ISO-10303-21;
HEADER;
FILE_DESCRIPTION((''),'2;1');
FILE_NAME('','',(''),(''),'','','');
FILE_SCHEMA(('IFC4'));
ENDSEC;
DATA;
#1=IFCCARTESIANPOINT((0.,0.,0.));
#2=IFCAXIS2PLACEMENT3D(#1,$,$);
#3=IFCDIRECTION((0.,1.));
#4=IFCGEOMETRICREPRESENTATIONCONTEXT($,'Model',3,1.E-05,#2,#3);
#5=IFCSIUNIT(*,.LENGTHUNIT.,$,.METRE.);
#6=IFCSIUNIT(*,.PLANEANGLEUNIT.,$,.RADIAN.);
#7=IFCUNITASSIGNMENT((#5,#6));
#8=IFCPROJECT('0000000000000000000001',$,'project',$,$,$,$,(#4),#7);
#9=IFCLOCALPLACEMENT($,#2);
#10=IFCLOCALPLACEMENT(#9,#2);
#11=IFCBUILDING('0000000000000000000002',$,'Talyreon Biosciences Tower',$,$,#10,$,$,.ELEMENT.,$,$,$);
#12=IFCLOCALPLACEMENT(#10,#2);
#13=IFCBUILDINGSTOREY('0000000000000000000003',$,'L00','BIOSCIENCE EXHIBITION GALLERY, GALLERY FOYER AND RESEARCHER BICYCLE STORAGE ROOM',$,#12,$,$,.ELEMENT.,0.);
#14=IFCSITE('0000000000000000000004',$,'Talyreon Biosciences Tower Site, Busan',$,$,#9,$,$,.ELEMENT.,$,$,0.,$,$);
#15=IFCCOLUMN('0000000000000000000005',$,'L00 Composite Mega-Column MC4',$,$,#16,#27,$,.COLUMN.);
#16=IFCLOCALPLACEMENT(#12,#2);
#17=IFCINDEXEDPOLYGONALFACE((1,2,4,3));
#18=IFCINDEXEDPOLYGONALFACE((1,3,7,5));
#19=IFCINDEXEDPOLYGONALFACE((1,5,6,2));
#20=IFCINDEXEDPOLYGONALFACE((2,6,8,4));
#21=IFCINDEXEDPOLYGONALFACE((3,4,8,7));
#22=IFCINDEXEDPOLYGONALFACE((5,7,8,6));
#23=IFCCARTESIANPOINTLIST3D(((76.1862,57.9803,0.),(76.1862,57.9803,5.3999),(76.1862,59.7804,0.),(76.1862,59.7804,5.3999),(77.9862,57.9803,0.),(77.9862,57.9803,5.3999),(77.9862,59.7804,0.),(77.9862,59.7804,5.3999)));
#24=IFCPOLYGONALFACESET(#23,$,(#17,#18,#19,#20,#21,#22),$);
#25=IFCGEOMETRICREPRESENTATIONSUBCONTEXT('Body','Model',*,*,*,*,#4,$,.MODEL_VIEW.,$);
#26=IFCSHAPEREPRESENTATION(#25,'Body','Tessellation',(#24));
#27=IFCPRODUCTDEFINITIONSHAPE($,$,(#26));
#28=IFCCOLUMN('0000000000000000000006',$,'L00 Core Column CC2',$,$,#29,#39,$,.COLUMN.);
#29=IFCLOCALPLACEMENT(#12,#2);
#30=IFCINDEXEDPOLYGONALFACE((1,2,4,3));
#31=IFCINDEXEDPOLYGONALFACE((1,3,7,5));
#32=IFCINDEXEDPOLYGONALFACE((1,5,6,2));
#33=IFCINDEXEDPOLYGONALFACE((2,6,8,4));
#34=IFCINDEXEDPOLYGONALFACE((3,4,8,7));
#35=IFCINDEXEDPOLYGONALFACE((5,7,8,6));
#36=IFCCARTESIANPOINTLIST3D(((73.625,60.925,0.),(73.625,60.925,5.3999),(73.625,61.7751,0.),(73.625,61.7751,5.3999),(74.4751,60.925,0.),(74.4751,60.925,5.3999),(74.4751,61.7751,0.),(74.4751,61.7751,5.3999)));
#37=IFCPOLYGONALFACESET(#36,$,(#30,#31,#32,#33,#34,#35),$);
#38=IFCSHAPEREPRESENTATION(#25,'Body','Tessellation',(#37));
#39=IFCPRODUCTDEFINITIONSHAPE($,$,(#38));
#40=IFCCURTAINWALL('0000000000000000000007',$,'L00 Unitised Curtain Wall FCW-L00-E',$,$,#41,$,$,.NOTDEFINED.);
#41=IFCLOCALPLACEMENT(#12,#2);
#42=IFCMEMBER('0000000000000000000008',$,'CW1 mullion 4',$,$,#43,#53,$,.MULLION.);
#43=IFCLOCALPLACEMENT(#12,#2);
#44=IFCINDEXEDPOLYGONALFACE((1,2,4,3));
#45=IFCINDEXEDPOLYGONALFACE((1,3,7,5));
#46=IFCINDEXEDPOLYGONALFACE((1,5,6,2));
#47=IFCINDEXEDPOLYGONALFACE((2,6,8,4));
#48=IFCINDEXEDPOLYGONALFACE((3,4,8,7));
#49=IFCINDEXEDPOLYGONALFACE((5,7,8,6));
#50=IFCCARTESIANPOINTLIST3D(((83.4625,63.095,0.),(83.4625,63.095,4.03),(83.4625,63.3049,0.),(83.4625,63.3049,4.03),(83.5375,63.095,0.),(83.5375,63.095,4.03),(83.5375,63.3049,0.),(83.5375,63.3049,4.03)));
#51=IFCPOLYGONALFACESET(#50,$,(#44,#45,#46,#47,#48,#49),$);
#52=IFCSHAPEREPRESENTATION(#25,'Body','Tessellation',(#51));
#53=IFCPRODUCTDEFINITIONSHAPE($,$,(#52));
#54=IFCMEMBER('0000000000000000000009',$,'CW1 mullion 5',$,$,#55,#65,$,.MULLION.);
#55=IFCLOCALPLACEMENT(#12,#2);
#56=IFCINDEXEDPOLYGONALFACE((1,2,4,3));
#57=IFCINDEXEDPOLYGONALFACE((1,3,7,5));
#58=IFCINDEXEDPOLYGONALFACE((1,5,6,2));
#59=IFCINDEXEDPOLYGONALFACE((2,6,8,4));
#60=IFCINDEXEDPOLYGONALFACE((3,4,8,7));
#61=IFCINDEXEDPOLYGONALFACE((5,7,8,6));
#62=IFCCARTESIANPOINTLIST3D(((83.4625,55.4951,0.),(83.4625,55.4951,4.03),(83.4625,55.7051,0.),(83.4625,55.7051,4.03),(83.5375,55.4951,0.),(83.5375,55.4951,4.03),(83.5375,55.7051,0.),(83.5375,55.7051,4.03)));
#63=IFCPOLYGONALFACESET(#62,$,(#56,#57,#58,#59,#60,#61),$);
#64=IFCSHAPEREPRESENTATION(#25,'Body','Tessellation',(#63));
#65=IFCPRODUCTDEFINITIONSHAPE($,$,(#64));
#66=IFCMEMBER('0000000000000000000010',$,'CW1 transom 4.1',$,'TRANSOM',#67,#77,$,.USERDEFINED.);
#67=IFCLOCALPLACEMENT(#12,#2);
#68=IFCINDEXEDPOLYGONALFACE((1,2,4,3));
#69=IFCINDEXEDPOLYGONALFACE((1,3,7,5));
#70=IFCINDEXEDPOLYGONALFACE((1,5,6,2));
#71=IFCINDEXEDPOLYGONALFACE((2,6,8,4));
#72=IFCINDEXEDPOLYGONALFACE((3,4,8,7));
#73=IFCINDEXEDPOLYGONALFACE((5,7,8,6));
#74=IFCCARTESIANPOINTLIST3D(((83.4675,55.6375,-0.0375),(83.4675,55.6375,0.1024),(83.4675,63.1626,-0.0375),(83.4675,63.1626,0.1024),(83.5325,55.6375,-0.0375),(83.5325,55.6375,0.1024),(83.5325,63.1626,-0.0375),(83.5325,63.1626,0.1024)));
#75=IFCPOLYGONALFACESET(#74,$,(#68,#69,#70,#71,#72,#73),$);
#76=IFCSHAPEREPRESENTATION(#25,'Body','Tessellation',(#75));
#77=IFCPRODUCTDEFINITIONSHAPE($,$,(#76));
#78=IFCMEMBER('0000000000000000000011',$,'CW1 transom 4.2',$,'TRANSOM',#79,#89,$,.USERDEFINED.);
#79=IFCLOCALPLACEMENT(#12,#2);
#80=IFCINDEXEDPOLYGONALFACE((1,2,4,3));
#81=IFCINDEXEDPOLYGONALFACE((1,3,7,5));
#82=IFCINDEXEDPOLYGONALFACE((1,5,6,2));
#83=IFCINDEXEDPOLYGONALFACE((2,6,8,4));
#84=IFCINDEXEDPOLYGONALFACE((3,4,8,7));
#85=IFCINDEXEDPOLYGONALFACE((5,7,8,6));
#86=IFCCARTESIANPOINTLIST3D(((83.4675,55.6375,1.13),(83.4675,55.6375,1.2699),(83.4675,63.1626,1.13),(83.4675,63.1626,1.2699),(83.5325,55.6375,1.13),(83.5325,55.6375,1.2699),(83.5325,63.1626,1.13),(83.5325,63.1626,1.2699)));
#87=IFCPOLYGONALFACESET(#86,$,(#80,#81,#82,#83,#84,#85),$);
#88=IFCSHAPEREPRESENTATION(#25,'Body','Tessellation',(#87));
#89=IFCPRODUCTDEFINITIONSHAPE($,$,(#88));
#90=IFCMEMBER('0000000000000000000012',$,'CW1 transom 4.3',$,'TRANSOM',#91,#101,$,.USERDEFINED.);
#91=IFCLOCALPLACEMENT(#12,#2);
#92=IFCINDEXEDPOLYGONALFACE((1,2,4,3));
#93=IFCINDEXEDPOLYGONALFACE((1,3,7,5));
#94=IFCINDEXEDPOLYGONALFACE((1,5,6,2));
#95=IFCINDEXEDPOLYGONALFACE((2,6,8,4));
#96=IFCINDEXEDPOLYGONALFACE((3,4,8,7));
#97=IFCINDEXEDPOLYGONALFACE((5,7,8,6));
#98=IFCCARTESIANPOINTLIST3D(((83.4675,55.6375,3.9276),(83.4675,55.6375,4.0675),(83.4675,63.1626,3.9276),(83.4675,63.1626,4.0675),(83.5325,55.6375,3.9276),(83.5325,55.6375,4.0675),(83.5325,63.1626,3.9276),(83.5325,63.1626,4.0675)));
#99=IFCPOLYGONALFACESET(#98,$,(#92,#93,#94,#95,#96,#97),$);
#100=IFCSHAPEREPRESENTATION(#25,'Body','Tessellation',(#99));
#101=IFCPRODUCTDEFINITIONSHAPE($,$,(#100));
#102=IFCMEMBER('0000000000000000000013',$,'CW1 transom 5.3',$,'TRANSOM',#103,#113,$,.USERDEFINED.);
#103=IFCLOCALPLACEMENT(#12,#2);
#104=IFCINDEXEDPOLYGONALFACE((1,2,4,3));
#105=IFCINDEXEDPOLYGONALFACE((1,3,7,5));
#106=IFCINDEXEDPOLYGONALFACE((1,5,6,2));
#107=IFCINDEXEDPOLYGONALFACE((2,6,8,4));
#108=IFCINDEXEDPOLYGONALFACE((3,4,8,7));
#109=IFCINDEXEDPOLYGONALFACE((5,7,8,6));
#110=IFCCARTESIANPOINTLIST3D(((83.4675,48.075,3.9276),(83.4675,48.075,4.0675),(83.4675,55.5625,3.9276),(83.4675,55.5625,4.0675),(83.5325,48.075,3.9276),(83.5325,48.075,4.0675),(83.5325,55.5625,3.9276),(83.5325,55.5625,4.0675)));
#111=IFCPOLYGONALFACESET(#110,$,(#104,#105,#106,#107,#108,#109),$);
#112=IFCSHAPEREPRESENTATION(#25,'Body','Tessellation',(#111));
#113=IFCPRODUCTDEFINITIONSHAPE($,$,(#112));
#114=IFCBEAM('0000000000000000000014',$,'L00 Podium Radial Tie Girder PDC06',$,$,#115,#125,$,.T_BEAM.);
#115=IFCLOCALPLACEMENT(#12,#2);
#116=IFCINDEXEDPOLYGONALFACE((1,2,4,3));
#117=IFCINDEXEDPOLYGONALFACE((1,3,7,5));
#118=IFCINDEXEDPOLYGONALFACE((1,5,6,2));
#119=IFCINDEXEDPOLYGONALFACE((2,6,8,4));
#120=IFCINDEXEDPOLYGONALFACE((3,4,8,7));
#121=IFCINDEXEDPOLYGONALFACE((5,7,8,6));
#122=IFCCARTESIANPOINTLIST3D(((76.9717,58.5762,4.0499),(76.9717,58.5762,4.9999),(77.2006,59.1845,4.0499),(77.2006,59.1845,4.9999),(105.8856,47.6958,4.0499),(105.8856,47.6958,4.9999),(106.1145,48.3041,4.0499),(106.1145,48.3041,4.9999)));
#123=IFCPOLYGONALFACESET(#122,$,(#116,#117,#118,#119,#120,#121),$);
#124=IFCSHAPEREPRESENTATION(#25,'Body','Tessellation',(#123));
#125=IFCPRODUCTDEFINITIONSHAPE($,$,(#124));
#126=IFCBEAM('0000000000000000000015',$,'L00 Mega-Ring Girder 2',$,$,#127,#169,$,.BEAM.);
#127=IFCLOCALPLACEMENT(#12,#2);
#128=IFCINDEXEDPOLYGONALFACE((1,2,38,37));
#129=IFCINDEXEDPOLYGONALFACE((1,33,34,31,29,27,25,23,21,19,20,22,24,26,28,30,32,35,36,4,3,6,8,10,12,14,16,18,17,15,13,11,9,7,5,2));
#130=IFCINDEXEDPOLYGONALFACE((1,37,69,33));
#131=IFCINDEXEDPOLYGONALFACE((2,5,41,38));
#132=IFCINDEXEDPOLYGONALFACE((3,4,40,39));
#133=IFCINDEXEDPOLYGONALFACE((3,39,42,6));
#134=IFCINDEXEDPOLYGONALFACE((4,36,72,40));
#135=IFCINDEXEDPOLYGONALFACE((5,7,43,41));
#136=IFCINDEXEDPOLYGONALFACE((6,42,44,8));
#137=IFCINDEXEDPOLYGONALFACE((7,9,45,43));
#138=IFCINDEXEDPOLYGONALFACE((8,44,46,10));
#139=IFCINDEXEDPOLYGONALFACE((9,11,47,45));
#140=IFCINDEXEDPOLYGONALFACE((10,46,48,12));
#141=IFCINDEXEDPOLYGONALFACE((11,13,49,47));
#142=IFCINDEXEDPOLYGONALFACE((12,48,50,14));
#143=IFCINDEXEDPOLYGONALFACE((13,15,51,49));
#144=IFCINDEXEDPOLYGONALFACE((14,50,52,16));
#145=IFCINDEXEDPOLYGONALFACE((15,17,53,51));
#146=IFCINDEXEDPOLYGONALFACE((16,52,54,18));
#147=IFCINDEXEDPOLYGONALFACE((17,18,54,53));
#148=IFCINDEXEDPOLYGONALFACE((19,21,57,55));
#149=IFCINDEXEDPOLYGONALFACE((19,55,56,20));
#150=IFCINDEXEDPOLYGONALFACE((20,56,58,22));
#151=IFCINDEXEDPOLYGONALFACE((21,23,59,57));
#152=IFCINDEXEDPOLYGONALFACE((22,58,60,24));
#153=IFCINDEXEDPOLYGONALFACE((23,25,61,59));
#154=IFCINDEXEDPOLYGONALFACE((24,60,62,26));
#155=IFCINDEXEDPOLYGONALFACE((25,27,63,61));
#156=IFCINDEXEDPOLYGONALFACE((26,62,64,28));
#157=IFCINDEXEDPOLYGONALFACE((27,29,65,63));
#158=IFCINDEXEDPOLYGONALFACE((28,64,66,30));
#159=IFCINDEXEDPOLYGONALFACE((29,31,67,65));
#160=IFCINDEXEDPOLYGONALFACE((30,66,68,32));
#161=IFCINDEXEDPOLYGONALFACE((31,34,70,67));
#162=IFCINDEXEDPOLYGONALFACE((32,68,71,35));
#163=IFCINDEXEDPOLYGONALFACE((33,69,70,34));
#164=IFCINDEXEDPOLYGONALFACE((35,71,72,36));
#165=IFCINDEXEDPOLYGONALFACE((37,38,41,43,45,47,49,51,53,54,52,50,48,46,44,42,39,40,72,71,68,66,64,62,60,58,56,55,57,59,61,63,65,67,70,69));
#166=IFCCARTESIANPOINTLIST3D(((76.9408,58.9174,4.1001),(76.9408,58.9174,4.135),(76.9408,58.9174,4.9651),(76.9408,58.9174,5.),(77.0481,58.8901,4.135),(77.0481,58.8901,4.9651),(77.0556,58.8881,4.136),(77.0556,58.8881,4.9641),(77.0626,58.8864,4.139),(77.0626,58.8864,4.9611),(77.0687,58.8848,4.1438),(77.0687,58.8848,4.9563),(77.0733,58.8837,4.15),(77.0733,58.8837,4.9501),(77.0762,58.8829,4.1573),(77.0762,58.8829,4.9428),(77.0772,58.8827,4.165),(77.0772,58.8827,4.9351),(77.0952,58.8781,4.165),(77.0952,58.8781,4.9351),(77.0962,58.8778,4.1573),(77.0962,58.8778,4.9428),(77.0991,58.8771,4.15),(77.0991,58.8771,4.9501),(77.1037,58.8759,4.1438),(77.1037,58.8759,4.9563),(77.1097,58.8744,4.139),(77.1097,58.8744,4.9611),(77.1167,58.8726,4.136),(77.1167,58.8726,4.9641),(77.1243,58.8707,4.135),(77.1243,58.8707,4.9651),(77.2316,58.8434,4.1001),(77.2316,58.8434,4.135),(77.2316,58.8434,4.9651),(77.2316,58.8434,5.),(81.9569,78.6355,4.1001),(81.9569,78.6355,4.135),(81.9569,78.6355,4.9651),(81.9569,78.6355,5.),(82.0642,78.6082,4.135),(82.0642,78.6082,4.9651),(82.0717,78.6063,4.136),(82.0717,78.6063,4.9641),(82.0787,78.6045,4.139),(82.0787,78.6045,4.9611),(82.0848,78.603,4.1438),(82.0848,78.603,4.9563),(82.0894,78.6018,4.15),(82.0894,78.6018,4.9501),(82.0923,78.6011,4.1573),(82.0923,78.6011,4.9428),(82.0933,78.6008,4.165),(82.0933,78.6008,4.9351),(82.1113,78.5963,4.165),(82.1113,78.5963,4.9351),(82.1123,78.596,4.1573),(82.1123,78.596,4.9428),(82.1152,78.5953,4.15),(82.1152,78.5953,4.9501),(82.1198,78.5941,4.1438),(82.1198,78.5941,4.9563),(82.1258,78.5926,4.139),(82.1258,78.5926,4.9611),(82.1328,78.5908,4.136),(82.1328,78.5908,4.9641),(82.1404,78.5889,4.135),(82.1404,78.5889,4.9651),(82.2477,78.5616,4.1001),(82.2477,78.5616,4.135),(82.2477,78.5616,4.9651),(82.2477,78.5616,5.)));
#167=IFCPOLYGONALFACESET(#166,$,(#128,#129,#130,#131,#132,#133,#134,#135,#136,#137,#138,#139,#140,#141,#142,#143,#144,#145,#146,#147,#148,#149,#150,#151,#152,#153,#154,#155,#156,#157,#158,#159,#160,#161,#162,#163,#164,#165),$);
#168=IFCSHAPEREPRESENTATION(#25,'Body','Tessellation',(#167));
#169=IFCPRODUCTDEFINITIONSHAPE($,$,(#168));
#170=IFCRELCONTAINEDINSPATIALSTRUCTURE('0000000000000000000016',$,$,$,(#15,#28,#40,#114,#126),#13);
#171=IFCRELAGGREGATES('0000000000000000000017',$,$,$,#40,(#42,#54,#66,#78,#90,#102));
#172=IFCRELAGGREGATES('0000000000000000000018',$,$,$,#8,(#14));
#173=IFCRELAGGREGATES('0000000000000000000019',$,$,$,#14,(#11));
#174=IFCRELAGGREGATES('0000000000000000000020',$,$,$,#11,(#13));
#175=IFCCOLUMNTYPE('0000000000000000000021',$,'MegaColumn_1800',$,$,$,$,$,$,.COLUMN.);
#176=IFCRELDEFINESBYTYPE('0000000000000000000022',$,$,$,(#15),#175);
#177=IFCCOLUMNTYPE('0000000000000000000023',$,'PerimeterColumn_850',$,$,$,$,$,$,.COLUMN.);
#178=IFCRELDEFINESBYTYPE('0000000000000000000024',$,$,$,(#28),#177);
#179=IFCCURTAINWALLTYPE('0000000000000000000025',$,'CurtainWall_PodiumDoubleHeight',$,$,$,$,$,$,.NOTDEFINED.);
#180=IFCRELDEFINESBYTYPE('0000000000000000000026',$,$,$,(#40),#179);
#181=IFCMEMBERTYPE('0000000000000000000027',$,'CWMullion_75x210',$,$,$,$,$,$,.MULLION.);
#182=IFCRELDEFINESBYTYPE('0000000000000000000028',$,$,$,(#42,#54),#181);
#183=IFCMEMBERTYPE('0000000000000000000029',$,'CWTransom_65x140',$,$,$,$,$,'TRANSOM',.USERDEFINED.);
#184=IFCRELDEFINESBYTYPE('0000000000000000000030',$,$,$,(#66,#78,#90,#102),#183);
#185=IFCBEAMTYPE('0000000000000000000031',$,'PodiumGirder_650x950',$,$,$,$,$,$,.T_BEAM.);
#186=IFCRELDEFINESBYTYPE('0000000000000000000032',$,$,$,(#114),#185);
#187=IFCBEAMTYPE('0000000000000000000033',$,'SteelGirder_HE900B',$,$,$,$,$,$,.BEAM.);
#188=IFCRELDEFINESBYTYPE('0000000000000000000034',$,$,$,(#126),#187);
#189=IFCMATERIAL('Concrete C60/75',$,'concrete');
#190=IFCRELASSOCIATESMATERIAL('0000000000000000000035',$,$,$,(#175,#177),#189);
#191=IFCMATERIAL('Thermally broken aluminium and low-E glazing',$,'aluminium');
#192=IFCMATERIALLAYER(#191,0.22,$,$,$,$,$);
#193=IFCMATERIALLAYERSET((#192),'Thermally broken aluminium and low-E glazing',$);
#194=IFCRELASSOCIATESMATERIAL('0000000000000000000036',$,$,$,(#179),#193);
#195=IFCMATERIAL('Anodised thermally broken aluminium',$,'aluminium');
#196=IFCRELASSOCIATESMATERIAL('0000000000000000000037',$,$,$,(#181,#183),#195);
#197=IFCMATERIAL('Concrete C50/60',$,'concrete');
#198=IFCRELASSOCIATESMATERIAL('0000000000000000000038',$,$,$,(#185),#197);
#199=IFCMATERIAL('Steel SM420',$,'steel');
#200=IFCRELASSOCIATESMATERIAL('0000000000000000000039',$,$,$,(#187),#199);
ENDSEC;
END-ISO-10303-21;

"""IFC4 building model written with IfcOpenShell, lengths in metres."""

from ifc_helpers import new_model, si_unit, direction, frame, origin, origin_2d, place, context, subcontext, project, spatial, rectangle, i_section, extrude, material, layer, layer_set, material_profile, profile_set, type_object, element, aggregate, save


model = new_model("IFC4")

# Units and contexts
model_context = context("Model", 3, precision=1e-05, world=origin(), true_north=direction((0.0, 1.0)))
body_context = subcontext(model_context, "Body", "Model", "MODEL_VIEW")
ifc_project = project(units=[si_unit("LENGTHUNIT", "METRE"), si_unit("PLANEANGLEUNIT", "RADIAN")], contexts=[model_context])

# Site, building, storey
site_placement = place(None, origin())
site = spatial("IfcSite", under=ifc_project, at=site_placement, Name="Talyreon Biosciences Tower Site, Busan", CompositionType="ELEMENT", RefElevation=0.0)
building_placement = place(site_placement, origin())
building = spatial("IfcBuilding", under=site, at=building_placement, Name="Talyreon Biosciences Tower", CompositionType="ELEMENT")
storey_placement = place(building_placement, origin())
storey = spatial("IfcBuildingStorey", under=building, at=storey_placement, Name="L00", Description="BIOSCIENCE EXHIBITION GALLERY, GALLERY FOYER AND RESEARCHER BICYCLE STORAGE ROOM", CompositionType="ELEMENT", Elevation=0.0)

# Columns
ifc_material_1 = material(Name="Concrete C60/75", Category="concrete")
ifc_material_profile_1 = material_profile(ifc_material_1, rectangle(XDim=1.8, YDim=1.8, at=origin_2d()), Name="RC 1800x1800")
ifc_profile_set_1 = profile_set([ifc_material_profile_1], Name="Concrete C60/75")
column_type_1 = type_object("IfcColumnType", Name="MegaColumn_1800", PredefinedType="COLUMN", material=ifc_profile_set_1)
column_1_placement = place(storey_placement, frame((77.0862, 58.8804, 0.0), z_axis=(0.0, 0.0, 1.0), x_axis=(1.0, 0.0, 0.0)))
element("IfcColumn", 1, at=column_1_placement, inside=storey, type_object=column_type_1, Name="L00 Composite Mega-Column MC4", PredefinedType="COLUMN", context=body_context, shape_type="SweptSolid", body=[
    extrude(rectangle(XDim=1.8, YDim=1.8, at=origin_2d()), origin(), (0.0, 0.0, 1.0), 5.3999),
])
ifc_material_profile_2 = material_profile(ifc_material_1, rectangle(XDim=0.8501, YDim=0.8501, at=origin_2d()), Name="RC 850x850")
ifc_profile_set_2 = profile_set([ifc_material_profile_2], Name="Concrete C60/75")
column_type_2 = type_object("IfcColumnType", Name="PerimeterColumn_850", PredefinedType="COLUMN", material=ifc_profile_set_2)
column_2_placement = place(storey_placement, frame((74.05, 61.3501, 0.0), z_axis=(0.0, 0.0, 1.0), x_axis=(1.0, 0.0, 0.0)))
element("IfcColumn", 2, at=column_2_placement, inside=storey, type_object=column_type_2, Name="L00 Core Column CC2", PredefinedType="COLUMN", context=body_context, shape_type="SweptSolid", body=[
    extrude(rectangle(XDim=0.8501, YDim=0.8501, at=origin_2d()), origin(), (0.0, 0.0, 1.0), 5.3999),
])

# Curtain wall, members
ifc_material_2 = material(Name="Thermally broken aluminium and low-E glazing", Category="aluminium")
ifc_layer_1 = layer(ifc_material_2, 0.22)
ifc_layer_set_1 = layer_set([ifc_layer_1], Name="Thermally broken aluminium and low-E glazing")
curtain_wall_type = type_object("IfcCurtainWallType", Name="CurtainWall_PodiumDoubleHeight", PredefinedType="NOTDEFINED", material=ifc_layer_set_1)
curtain_wall_placement = place(storey_placement, origin())
curtain_wall = element("IfcCurtainWall", 3, at=curtain_wall_placement, inside=storey, type_object=curtain_wall_type, Name="L00 Unitised Curtain Wall FCW-L00-E", PredefinedType="NOTDEFINED")
ifc_material_3 = material(Name="Anodised thermally broken aluminium", Category="aluminium")
ifc_material_profile_3 = material_profile(ifc_material_3, rectangle(XDim=0.075, YDim=0.21, at=origin_2d()), Name="ALUM MULLION 75x210")
ifc_profile_set_3 = profile_set([ifc_material_profile_3], Name="Anodised thermally broken aluminium")
member_type_1 = type_object("IfcMemberType", Name="CWMullion_75x210", PredefinedType="MULLION", material=ifc_profile_set_3)
member_1_placement = place(storey_placement, frame((83.5, 63.2, 0.0), z_axis=(0.0, 0.0, 1.0), x_axis=(1.0, 0.0, 0.0)))
member_1 = element("IfcMember", 4, at=member_1_placement, type_object=member_type_1, Name="CW1 mullion 4", PredefinedType="MULLION", context=body_context, shape_type="SweptSolid", body=[
    extrude(rectangle(XDim=0.075, YDim=0.21, at=origin_2d()), origin(), (0.0, 0.0, 1.0), 4.03),
])
member_2_placement = place(storey_placement, frame((83.5, 55.6001, 0.0), z_axis=(0.0, 0.0, 1.0), x_axis=(1.0, 0.0, 0.0)))
member_2 = element("IfcMember", 5, at=member_2_placement, type_object=member_type_1, Name="CW1 mullion 5", PredefinedType="MULLION", context=body_context, shape_type="SweptSolid", body=[
    extrude(rectangle(XDim=0.075, YDim=0.21, at=origin_2d()), origin(), (0.0, 0.0, 1.0), 4.03),
])
ifc_material_profile_4 = material_profile(ifc_material_3, rectangle(XDim=0.0649, YDim=0.1399, at=origin_2d()), Name="ALUM TRANSOM 65x140")
ifc_profile_set_4 = profile_set([ifc_material_profile_4], Name="Anodised thermally broken aluminium")
member_type_2 = type_object("IfcMemberType", Name="CWTransom_65x140", ElementType="TRANSOM", PredefinedType="USERDEFINED", material=ifc_profile_set_4)
member_3_placement = place(storey_placement, frame((83.5, 63.1626, 0.0325), z_axis=(0.0, -1.0, 0.0), x_axis=(1.0, 0.0, 0.0)))
member_3 = element("IfcMember", 6, at=member_3_placement, type_object=member_type_2, Name="CW1 transom 4.1", ObjectType="TRANSOM", PredefinedType="USERDEFINED", context=body_context, shape_type="SweptSolid", body=[
    extrude(rectangle(XDim=0.0649, YDim=0.1399, at=origin_2d()), origin(), (0.0, 0.0, 1.0), 7.5251),
])
member_4_placement = place(storey_placement, frame((83.5, 63.1626, 1.2), z_axis=(0.0, -1.0, 0.0), x_axis=(1.0, 0.0, 0.0)))
member_4 = element("IfcMember", 7, at=member_4_placement, type_object=member_type_2, Name="CW1 transom 4.2", ObjectType="TRANSOM", PredefinedType="USERDEFINED", context=body_context, shape_type="SweptSolid", body=[
    extrude(rectangle(XDim=0.0649, YDim=0.1399, at=origin_2d()), origin(), (0.0, 0.0, 1.0), 7.5251),
])
member_5_placement = place(storey_placement, frame((83.5, 63.1626, 3.9976), z_axis=(0.0, -1.0, 0.0), x_axis=(1.0, 0.0, 0.0)))
member_5 = element("IfcMember", 8, at=member_5_placement, type_object=member_type_2, Name="CW1 transom 4.3", ObjectType="TRANSOM", PredefinedType="USERDEFINED", context=body_context, shape_type="SweptSolid", body=[
    extrude(rectangle(XDim=0.0649, YDim=0.1399, at=origin_2d()), origin(), (0.0, 0.0, 1.0), 7.5251),
])
member_6_placement = place(storey_placement, frame((83.5, 55.5625, 3.9976), z_axis=(0.0, -1.0, 0.0), x_axis=(1.0, 0.0, 0.0)))
member_6 = element("IfcMember", 9, at=member_6_placement, type_object=member_type_2, Name="CW1 transom 5.3", ObjectType="TRANSOM", PredefinedType="USERDEFINED", context=body_context, shape_type="SweptSolid", body=[
    extrude(rectangle(XDim=0.0649, YDim=0.1399, at=origin_2d()), origin(), (0.0, 0.0, 1.0), 7.4875),
])

# Beams
ifc_material_4 = material(Name="Concrete C50/60", Category="concrete")
ifc_material_profile_5 = material_profile(ifc_material_4, rectangle(XDim=0.6499, YDim=0.95, at=origin_2d()), Name="RCB 650x950")
ifc_profile_set_5 = profile_set([ifc_material_profile_5], Name="Concrete C50/60")
beam_type_1 = type_object("IfcBeamType", Name="PodiumGirder_650x950", PredefinedType="T_BEAM", material=ifc_profile_set_5)
beam_1_placement = place(storey_placement, frame((77.0862, 58.8804, 4.5249), z_axis=(0.935927, -0.352193, 0.0), x_axis=(0.352193, 0.935927, 0.0)))
element("IfcBeam", 10, at=beam_1_placement, inside=storey, type_object=beam_type_1, Name="L00 Podium Radial Tie Girder PDC06", PredefinedType="T_BEAM", context=body_context, shape_type="SweptSolid", body=[
    extrude(rectangle(XDim=0.6499, YDim=0.95, at=origin_2d()), origin(), (0.0, 0.0, 1.0), 30.8933),
])
ifc_material_5 = material(Name="Steel SM420", Category="steel")
ifc_material_profile_6 = material_profile(ifc_material_5, i_section(OverallWidth=0.3, OverallDepth=0.8999, WebThickness=0.0186, FlangeThickness=0.0349, FilletRadius=0.03, at=origin_2d()), Name="HE900B")
ifc_profile_set_6 = profile_set([ifc_material_profile_6], Name="Steel SM420")
beam_type_2 = type_object("IfcBeamType", Name="SteelGirder_HE900B", PredefinedType="BEAM", material=ifc_profile_set_6)
beam_2_placement = place(storey_placement, frame((77.0862, 58.8804, 4.55), z_axis=(0.246537, 0.969133, 0.0), x_axis=(-0.969133, 0.246537, 0.0)))
element("IfcBeam", 11, at=beam_2_placement, inside=storey, type_object=beam_type_2, Name="L00 Mega-Ring Girder 2", PredefinedType="BEAM", context=body_context, shape_type="SweptSolid", body=[
    extrude(i_section(OverallWidth=0.3, OverallDepth=0.8999, WebThickness=0.0186, FlangeThickness=0.0349, FilletRadius=0.03, at=origin_2d()), origin(), (0.0, 0.0, 1.0), 20.3462),
])

aggregate(curtain_wall, [member_1, member_2, member_3, member_4, member_5, member_6])

save(model, "model.ifc")
